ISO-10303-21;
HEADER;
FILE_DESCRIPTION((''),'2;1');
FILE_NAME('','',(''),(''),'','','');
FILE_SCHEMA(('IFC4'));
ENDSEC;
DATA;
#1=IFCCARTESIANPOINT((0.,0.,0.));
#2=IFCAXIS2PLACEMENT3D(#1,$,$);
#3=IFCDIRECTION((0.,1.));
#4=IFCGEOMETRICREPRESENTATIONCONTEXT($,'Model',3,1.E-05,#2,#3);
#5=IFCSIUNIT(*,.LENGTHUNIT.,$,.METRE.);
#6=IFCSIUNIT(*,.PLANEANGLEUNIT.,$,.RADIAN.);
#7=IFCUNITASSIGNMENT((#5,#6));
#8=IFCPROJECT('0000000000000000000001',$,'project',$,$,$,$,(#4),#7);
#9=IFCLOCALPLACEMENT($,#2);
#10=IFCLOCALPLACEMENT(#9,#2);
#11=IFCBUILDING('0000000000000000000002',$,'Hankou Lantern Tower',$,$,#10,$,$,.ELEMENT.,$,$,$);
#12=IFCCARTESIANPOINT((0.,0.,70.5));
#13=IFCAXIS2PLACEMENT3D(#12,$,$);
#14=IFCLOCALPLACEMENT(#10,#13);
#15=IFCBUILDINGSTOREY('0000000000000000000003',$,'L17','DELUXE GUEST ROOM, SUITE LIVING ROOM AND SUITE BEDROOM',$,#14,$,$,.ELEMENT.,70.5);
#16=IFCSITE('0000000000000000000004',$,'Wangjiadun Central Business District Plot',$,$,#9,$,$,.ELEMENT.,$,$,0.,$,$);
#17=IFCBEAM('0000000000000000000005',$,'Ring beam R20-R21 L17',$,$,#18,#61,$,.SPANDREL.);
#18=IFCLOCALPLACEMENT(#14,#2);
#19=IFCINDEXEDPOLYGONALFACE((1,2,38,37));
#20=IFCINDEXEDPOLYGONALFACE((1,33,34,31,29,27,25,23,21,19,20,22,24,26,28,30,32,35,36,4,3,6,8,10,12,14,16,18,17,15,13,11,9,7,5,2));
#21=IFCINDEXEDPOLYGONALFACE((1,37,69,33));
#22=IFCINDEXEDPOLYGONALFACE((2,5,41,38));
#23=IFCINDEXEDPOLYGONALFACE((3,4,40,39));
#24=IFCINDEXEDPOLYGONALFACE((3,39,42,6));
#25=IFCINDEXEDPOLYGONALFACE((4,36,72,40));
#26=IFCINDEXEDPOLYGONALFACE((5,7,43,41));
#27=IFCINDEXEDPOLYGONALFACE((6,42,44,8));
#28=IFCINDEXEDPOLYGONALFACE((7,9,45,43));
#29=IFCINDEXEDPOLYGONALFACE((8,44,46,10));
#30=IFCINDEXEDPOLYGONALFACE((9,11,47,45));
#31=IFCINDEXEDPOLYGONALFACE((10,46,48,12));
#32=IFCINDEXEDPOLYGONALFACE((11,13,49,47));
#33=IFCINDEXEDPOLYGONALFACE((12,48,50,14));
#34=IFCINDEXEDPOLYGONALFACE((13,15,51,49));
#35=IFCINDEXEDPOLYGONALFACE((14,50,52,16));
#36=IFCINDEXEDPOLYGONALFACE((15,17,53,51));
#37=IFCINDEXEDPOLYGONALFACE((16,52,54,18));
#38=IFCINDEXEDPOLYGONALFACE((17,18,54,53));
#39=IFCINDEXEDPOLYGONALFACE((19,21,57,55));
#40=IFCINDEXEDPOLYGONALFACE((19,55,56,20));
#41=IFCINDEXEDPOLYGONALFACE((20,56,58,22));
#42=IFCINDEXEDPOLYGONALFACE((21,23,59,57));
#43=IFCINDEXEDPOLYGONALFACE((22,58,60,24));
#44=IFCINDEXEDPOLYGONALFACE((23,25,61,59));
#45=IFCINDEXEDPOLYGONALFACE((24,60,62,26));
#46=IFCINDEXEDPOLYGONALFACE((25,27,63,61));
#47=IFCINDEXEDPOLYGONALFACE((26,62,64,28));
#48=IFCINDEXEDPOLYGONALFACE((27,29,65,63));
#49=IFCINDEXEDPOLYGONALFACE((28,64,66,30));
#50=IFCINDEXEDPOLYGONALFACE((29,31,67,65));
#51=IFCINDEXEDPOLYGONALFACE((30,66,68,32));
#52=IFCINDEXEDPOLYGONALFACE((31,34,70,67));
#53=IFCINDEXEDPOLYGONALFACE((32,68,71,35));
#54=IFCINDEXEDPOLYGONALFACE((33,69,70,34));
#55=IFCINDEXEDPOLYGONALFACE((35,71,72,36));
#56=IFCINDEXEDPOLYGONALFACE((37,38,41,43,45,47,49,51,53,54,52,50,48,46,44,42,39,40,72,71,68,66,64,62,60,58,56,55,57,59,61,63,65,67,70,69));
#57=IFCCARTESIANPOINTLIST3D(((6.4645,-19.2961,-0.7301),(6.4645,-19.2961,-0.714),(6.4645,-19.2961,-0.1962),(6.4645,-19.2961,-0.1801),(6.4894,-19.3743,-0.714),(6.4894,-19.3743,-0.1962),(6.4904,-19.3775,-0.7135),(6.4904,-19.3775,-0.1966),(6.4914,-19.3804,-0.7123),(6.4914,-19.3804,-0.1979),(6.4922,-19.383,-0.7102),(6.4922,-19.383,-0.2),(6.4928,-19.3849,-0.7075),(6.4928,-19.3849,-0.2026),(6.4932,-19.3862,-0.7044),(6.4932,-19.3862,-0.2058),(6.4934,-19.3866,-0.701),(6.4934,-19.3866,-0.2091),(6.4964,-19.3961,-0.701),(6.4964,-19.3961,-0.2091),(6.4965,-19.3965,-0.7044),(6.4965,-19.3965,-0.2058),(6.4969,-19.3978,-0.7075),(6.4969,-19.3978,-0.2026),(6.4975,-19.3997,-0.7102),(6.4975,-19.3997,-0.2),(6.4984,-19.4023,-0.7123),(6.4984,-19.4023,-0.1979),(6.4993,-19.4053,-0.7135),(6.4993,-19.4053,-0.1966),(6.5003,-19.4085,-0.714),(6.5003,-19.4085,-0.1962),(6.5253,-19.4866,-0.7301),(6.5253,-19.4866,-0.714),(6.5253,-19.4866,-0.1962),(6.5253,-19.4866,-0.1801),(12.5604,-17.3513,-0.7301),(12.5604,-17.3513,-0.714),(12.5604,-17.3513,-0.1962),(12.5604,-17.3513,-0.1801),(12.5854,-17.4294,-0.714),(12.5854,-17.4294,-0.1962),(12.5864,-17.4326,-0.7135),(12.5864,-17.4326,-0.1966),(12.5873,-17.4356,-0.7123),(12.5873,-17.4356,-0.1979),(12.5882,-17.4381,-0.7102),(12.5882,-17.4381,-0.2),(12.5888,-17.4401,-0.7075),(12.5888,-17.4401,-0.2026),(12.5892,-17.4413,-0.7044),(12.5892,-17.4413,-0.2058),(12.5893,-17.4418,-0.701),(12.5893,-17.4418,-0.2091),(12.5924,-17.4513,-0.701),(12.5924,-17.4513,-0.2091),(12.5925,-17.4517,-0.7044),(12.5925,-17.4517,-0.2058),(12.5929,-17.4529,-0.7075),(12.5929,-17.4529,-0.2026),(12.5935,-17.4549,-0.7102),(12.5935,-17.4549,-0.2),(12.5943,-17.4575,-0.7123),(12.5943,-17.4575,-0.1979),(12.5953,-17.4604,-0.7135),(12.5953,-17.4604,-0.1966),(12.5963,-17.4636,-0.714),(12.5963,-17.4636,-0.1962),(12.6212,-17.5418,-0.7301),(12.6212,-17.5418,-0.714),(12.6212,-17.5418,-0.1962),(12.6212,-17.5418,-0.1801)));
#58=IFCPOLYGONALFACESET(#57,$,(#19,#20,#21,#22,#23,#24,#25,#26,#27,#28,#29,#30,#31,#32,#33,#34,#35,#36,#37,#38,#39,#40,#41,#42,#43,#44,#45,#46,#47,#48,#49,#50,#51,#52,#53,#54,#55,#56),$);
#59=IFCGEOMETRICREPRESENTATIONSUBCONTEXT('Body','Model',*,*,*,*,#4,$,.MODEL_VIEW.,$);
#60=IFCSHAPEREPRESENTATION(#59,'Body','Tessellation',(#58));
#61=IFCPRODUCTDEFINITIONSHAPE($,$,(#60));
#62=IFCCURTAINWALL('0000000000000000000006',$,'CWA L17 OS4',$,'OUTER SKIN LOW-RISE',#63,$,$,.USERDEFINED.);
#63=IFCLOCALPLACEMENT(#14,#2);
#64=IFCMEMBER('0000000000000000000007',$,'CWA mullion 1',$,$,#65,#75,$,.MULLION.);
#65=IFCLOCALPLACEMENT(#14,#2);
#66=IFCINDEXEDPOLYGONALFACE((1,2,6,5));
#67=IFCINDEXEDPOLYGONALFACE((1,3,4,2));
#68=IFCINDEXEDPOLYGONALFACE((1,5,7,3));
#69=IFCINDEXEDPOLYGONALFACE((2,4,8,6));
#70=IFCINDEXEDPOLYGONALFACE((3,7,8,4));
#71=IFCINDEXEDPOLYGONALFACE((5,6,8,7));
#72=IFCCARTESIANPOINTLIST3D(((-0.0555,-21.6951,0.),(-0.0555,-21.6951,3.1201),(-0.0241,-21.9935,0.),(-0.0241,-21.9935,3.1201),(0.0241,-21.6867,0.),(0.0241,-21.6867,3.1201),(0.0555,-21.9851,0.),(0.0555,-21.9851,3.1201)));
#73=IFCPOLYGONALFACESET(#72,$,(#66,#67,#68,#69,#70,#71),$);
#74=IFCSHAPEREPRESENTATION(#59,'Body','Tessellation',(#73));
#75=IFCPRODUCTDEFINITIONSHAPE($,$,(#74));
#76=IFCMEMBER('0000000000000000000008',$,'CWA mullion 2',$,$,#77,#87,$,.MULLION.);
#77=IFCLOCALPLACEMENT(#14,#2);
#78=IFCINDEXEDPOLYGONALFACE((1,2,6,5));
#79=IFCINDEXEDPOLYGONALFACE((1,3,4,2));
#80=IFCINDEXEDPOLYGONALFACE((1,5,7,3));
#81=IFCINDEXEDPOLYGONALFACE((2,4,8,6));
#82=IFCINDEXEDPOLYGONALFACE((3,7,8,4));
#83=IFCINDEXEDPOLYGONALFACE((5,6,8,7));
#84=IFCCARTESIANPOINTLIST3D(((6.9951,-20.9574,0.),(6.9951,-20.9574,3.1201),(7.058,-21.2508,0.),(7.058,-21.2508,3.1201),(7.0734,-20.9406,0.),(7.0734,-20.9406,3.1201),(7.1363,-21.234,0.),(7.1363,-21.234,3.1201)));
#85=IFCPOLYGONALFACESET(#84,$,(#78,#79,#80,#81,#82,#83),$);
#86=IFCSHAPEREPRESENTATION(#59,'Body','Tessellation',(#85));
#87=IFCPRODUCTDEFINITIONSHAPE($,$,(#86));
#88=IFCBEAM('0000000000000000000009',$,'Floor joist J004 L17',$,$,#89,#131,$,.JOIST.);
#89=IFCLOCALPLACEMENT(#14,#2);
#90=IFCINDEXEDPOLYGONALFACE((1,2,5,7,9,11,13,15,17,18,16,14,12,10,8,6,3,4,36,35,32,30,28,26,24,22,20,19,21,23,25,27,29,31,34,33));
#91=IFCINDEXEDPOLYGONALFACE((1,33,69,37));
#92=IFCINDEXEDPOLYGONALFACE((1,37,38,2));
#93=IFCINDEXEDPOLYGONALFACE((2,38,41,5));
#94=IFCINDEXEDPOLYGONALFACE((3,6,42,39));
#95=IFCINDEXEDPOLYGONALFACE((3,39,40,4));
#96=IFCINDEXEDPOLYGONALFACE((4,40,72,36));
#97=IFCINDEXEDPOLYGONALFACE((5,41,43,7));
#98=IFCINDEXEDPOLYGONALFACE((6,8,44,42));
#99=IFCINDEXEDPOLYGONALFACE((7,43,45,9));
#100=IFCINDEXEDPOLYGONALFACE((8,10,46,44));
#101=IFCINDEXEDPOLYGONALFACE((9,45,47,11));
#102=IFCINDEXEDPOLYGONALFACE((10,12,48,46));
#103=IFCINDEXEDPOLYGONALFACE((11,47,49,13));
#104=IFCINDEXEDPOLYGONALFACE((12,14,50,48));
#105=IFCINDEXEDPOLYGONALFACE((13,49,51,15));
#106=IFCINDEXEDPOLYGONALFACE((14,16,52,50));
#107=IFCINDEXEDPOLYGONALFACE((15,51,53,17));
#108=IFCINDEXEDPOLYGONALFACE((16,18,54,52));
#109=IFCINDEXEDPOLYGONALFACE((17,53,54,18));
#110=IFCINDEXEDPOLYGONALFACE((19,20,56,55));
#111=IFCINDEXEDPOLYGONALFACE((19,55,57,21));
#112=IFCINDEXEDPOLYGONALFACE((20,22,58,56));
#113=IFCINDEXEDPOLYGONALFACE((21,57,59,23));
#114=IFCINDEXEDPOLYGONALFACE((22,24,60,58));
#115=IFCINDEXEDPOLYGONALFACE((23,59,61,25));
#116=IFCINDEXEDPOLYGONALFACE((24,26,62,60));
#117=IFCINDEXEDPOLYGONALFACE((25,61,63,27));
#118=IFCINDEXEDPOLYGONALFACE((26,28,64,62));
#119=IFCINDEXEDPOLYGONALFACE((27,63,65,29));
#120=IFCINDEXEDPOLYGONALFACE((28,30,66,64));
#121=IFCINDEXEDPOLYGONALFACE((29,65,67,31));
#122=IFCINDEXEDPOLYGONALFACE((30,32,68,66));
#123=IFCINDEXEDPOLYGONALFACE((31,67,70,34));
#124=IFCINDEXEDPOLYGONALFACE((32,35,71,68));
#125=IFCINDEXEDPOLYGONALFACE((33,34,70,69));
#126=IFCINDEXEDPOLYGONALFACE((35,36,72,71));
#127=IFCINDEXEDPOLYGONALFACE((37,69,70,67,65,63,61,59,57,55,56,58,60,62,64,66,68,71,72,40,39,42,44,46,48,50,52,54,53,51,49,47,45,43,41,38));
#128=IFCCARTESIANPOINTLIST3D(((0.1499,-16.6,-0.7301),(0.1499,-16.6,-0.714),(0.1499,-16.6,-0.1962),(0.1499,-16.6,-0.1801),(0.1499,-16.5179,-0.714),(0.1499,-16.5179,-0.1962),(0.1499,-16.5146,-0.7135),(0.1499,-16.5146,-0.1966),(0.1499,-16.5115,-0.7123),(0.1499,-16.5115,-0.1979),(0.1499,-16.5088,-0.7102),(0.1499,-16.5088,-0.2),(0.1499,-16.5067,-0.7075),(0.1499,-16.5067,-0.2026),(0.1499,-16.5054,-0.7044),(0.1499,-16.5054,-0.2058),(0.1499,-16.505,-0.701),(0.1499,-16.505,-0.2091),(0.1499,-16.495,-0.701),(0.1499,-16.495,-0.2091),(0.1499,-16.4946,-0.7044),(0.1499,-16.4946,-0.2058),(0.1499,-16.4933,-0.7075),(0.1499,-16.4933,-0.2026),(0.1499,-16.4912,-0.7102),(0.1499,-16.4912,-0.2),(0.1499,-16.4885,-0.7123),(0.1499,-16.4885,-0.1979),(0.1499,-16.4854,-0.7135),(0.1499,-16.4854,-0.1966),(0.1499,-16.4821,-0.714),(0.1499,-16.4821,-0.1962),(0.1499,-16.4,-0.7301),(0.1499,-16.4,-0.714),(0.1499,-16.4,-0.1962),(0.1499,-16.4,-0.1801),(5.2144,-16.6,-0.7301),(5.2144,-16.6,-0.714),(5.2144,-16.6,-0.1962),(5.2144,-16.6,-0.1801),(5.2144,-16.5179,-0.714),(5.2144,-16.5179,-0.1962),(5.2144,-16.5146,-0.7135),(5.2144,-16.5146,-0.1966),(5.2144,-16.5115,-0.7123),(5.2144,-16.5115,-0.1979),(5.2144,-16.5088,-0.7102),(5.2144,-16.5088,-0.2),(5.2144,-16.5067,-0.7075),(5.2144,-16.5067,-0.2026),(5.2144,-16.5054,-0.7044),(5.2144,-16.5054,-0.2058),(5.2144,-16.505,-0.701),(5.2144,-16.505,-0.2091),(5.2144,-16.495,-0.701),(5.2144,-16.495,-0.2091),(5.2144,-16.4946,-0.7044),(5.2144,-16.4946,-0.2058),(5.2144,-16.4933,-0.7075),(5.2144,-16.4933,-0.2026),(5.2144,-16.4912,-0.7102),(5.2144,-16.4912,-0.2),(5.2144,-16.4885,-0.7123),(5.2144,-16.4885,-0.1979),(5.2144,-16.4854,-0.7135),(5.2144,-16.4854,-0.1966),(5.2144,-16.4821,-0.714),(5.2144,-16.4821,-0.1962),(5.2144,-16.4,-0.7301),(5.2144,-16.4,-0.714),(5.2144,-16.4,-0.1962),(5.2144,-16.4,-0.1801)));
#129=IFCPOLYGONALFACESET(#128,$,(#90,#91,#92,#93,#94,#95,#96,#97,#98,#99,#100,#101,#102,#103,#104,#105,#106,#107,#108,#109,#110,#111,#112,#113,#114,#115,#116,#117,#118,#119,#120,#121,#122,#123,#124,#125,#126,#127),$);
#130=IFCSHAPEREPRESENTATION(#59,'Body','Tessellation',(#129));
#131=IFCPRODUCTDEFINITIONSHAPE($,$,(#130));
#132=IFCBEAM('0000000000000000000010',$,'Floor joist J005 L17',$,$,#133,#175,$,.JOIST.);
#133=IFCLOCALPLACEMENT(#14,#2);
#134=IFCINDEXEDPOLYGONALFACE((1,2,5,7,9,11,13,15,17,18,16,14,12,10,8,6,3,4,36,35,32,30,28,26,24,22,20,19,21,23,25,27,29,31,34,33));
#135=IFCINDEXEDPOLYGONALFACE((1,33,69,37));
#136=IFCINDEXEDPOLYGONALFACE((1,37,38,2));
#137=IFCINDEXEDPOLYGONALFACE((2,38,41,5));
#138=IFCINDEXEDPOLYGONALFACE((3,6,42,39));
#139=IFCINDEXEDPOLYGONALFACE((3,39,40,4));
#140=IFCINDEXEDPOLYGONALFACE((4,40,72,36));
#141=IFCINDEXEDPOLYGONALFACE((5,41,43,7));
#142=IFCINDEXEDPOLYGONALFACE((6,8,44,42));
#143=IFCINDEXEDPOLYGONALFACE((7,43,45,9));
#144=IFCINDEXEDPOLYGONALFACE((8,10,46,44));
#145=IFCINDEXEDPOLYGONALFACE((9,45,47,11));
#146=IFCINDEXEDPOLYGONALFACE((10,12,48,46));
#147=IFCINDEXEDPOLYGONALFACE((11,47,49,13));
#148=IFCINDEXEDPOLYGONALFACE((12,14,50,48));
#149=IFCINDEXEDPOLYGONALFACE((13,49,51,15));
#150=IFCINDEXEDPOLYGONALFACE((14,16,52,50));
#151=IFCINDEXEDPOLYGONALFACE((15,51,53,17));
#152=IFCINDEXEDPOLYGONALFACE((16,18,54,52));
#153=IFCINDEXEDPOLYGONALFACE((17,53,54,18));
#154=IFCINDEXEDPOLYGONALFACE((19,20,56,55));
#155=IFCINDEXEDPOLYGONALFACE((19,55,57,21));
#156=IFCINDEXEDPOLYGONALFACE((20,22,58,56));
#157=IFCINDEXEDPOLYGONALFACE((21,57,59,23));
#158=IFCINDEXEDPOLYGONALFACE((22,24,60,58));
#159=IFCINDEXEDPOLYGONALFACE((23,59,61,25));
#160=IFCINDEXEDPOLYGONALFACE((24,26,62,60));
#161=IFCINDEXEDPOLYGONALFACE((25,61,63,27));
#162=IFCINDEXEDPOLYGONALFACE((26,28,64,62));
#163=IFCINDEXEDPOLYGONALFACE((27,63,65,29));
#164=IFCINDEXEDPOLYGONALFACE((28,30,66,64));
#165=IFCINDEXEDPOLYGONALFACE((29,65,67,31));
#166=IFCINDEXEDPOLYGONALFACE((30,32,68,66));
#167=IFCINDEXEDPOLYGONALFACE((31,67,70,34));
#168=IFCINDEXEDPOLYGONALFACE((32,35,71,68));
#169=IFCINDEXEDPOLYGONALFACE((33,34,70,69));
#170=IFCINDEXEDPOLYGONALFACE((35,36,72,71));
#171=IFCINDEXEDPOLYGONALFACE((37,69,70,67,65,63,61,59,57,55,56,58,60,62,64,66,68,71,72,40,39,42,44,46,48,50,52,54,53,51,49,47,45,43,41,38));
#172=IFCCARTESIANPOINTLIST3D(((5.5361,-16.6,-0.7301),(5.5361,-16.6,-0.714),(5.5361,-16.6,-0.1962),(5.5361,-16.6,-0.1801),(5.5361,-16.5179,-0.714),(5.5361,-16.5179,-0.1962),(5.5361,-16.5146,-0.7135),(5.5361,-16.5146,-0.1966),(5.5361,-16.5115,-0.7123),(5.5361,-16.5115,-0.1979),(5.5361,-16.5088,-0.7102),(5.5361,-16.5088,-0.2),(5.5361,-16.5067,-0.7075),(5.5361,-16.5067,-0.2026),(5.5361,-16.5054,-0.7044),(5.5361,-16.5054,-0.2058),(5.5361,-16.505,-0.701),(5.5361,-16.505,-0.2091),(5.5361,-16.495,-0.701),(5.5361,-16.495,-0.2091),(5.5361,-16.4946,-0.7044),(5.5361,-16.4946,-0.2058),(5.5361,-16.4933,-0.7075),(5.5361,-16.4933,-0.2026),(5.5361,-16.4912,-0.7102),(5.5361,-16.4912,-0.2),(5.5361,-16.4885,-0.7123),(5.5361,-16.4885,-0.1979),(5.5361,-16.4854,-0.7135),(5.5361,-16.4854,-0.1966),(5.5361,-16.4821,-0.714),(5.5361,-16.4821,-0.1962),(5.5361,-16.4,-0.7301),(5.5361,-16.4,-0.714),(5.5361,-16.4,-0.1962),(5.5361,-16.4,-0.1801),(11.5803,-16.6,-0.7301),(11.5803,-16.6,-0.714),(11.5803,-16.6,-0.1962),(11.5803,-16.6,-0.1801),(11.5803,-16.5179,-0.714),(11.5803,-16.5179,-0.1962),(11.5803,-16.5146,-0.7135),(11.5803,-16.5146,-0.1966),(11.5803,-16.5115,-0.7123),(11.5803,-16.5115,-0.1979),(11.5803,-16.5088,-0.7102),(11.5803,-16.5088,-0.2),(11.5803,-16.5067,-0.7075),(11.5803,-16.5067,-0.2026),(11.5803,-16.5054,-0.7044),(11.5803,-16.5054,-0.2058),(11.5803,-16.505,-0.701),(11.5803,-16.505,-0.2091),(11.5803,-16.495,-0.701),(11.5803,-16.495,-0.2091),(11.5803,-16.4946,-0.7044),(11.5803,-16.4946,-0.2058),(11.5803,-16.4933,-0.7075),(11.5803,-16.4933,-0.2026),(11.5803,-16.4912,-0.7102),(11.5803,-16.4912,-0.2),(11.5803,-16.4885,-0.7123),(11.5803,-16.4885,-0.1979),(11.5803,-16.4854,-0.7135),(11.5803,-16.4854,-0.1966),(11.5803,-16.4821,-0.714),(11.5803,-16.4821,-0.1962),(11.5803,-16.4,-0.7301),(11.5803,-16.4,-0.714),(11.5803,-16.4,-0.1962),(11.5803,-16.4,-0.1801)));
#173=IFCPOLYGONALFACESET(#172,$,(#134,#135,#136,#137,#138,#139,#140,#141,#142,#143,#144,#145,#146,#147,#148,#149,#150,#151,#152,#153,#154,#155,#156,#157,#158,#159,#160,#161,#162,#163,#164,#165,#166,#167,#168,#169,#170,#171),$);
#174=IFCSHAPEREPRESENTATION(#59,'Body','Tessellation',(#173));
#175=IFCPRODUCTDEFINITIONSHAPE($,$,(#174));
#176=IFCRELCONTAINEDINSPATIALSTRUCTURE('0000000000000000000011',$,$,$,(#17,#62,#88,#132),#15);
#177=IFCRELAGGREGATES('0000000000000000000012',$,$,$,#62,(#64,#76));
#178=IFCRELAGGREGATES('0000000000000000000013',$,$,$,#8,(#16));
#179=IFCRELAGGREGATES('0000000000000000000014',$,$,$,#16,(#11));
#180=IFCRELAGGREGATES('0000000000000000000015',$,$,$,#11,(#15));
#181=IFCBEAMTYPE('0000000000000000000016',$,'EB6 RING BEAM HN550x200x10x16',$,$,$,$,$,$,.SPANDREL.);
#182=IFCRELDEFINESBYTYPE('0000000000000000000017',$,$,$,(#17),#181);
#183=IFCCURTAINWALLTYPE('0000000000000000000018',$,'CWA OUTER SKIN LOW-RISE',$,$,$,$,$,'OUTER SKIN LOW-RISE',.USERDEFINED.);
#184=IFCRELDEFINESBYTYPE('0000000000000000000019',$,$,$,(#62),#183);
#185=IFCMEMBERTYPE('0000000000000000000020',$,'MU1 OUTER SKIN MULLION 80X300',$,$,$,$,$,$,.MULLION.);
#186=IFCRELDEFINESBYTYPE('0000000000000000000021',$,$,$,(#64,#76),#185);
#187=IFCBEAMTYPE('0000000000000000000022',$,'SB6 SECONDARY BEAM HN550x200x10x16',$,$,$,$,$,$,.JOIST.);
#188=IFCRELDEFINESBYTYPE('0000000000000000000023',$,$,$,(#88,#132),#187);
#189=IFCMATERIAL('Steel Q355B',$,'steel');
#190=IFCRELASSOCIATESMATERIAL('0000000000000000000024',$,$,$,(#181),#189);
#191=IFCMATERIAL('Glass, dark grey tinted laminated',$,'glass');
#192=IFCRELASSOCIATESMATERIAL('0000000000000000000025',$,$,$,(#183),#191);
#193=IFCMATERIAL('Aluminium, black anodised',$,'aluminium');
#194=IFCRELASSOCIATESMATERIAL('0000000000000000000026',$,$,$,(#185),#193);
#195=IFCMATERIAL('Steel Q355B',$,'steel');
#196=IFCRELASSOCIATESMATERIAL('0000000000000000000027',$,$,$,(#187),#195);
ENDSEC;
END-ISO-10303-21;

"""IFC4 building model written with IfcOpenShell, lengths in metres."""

from ifc_helpers import new_model, si_unit, direction, frame, origin, origin_2d, place, context, subcontext, project, spatial, rectangle, i_section, extrude, material, material_profile, profile_set, type_object, element, aggregate, save


model = new_model("IFC4")

# Units and contexts
model_context = context("Model", 3, precision=1e-05, world=origin(), true_north=direction((0.0, 1.0)))
body_context = subcontext(model_context, "Body", "Model", "MODEL_VIEW")
ifc_project = project(units=[si_unit("LENGTHUNIT", "METRE"), si_unit("PLANEANGLEUNIT", "RADIAN")], contexts=[model_context])

# Site, building, storey
site_placement = place(None, origin())
site = spatial("IfcSite", under=ifc_project, at=site_placement, Name="Wangjiadun Central Business District Plot", CompositionType="ELEMENT", RefElevation=0.0)
building_placement = place(site_placement, origin())
building = spatial("IfcBuilding", under=site, at=building_placement, Name="Hankou Lantern Tower", CompositionType="ELEMENT")
storey_placement = place(building_placement, frame((0.0, 0.0, 70.5)))
storey = spatial("IfcBuildingStorey", under=building, at=storey_placement, Name="L17", Description="DELUXE GUEST ROOM, SUITE LIVING ROOM AND SUITE BEDROOM", CompositionType="ELEMENT", Elevation=70.5)

# Beam
ifc_material_1 = material(Name="Steel Q355B", Category="steel")
ifc_material_profile_1 = material_profile(ifc_material_1, i_section(OverallWidth=0.2, OverallDepth=0.55, WebThickness=0.01, FlangeThickness=0.0161, FilletRadius=0.0129, at=origin_2d()), Name="HN550x200x10x16")
ifc_profile_set_1 = profile_set([ifc_material_profile_1], Name="Steel Q355B")
beam_type_1 = type_object("IfcBeamType", Name="EB6 RING BEAM HN550x200x10x16", PredefinedType="SPANDREL", material=ifc_profile_set_1)
beam_1_placement = place(storey_placement, frame((6.4949, -19.3914, -0.4551), z_axis=(0.95269, 0.303942, 0.0), x_axis=(-0.303942, 0.95269, 0.0)))
element("IfcBeam", 1, at=beam_1_placement, inside=storey, type_object=beam_type_1, Name="Ring beam R20-R21 L17", PredefinedType="SPANDREL", context=body_context, shape_type="SweptSolid", body=[
    extrude(i_section(OverallWidth=0.2, OverallDepth=0.55, WebThickness=0.01, FlangeThickness=0.0161, FilletRadius=0.0129, at=origin_2d()), origin(), (0.0, 0.0, 1.0), 6.3987),
])

# Curtain wall, members
ifc_material_2 = material(Name="Glass, dark grey tinted laminated", Category="glass")
curtain_wall_type = type_object("IfcCurtainWallType", Name="CWA OUTER SKIN LOW-RISE", ElementType="OUTER SKIN LOW-RISE", PredefinedType="USERDEFINED", material=ifc_material_2)
curtain_wall_placement = place(storey_placement, origin())
curtain_wall = element("IfcCurtainWall", 2, at=curtain_wall_placement, inside=storey, type_object=curtain_wall_type, Name="CWA L17 OS4", ObjectType="OUTER SKIN LOW-RISE", PredefinedType="USERDEFINED")
ifc_material_3 = material(Name="Aluminium, black anodised", Category="aluminium")
ifc_material_profile_2 = material_profile(ifc_material_3, rectangle(XDim=0.0801, YDim=0.3, at=origin_2d()), Name="MU1 80X300")
ifc_profile_set_2 = profile_set([ifc_material_profile_2], Name="Aluminium, black anodised")
member_type_1 = type_object("IfcMemberType", Name="MU1 OUTER SKIN MULLION 80X300", PredefinedType="MULLION", material=ifc_profile_set_2)
member_1_placement = place(storey_placement, frame((0.0, -21.8401, 0.0), z_axis=(0.0, 0.0, 1.0), x_axis=(0.994499, 0.104743, 0.0)))
member_1 = element("IfcMember", 3, at=member_1_placement, type_object=member_type_1, Name="CWA mullion 1", PredefinedType="MULLION", context=body_context, shape_type="SweptSolid", body=[
    extrude(rectangle(XDim=0.0801, YDim=0.3, at=origin_2d()), origin(), (0.0, 0.0, 1.0), 3.1201),
])
member_2_placement = place(storey_placement, frame((7.0657, -21.0957, 0.0), z_axis=(0.0, 0.0, 1.0), x_axis=(0.977788, 0.209598, 0.0)))
member_2 = element("IfcMember", 4, at=member_2_placement, type_object=member_type_1, Name="CWA mullion 2", PredefinedType="MULLION", context=body_context, shape_type="SweptSolid", body=[
    extrude(rectangle(XDim=0.0801, YDim=0.3, at=origin_2d()), origin(), (0.0, 0.0, 1.0), 3.1201),
])

# Beams
ifc_material_4 = material(Name="Steel Q355B", Category="steel")
ifc_material_profile_3 = material_profile(ifc_material_4, i_section(OverallWidth=0.2, OverallDepth=0.55, WebThickness=0.01, FlangeThickness=0.0161, FilletRadius=0.0129, at=origin_2d()), Name="HN550x200x10x16")
ifc_profile_set_3 = profile_set([ifc_material_profile_3], Name="Steel Q355B")
beam_type_2 = type_object("IfcBeamType", Name="SB6 SECONDARY BEAM HN550x200x10x16", PredefinedType="JOIST", material=ifc_profile_set_3)
beam_2_placement = place(storey_placement, frame((0.1499, -16.5, -0.4551), z_axis=(1.0, 0.0, 0.0), x_axis=(0.0, 1.0, 0.0)))
element("IfcBeam", 5, at=beam_2_placement, inside=storey, type_object=beam_type_2, Name="Floor joist J004 L17", PredefinedType="JOIST", context=body_context, shape_type="SweptSolid", body=[
    extrude(i_section(OverallWidth=0.2, OverallDepth=0.55, WebThickness=0.01, FlangeThickness=0.0161, FilletRadius=0.0129, at=origin_2d()), origin(), (0.0, 0.0, 1.0), 5.0645),
])
beam_3_placement = place(storey_placement, frame((5.5361, -16.5, -0.4551), z_axis=(1.0, 0.0, 0.0), x_axis=(0.0, 1.0, 0.0)))
element("IfcBeam", 6, at=beam_3_placement, inside=storey, type_object=beam_type_2, Name="Floor joist J005 L17", PredefinedType="JOIST", context=body_context, shape_type="SweptSolid", body=[
    extrude(i_section(OverallWidth=0.2, OverallDepth=0.55, WebThickness=0.01, FlangeThickness=0.0161, FilletRadius=0.0129, at=origin_2d()), origin(), (0.0, 0.0, 1.0), 6.0442),
])

aggregate(curtain_wall, [member_1, member_2])

save(model, "model.ifc")
